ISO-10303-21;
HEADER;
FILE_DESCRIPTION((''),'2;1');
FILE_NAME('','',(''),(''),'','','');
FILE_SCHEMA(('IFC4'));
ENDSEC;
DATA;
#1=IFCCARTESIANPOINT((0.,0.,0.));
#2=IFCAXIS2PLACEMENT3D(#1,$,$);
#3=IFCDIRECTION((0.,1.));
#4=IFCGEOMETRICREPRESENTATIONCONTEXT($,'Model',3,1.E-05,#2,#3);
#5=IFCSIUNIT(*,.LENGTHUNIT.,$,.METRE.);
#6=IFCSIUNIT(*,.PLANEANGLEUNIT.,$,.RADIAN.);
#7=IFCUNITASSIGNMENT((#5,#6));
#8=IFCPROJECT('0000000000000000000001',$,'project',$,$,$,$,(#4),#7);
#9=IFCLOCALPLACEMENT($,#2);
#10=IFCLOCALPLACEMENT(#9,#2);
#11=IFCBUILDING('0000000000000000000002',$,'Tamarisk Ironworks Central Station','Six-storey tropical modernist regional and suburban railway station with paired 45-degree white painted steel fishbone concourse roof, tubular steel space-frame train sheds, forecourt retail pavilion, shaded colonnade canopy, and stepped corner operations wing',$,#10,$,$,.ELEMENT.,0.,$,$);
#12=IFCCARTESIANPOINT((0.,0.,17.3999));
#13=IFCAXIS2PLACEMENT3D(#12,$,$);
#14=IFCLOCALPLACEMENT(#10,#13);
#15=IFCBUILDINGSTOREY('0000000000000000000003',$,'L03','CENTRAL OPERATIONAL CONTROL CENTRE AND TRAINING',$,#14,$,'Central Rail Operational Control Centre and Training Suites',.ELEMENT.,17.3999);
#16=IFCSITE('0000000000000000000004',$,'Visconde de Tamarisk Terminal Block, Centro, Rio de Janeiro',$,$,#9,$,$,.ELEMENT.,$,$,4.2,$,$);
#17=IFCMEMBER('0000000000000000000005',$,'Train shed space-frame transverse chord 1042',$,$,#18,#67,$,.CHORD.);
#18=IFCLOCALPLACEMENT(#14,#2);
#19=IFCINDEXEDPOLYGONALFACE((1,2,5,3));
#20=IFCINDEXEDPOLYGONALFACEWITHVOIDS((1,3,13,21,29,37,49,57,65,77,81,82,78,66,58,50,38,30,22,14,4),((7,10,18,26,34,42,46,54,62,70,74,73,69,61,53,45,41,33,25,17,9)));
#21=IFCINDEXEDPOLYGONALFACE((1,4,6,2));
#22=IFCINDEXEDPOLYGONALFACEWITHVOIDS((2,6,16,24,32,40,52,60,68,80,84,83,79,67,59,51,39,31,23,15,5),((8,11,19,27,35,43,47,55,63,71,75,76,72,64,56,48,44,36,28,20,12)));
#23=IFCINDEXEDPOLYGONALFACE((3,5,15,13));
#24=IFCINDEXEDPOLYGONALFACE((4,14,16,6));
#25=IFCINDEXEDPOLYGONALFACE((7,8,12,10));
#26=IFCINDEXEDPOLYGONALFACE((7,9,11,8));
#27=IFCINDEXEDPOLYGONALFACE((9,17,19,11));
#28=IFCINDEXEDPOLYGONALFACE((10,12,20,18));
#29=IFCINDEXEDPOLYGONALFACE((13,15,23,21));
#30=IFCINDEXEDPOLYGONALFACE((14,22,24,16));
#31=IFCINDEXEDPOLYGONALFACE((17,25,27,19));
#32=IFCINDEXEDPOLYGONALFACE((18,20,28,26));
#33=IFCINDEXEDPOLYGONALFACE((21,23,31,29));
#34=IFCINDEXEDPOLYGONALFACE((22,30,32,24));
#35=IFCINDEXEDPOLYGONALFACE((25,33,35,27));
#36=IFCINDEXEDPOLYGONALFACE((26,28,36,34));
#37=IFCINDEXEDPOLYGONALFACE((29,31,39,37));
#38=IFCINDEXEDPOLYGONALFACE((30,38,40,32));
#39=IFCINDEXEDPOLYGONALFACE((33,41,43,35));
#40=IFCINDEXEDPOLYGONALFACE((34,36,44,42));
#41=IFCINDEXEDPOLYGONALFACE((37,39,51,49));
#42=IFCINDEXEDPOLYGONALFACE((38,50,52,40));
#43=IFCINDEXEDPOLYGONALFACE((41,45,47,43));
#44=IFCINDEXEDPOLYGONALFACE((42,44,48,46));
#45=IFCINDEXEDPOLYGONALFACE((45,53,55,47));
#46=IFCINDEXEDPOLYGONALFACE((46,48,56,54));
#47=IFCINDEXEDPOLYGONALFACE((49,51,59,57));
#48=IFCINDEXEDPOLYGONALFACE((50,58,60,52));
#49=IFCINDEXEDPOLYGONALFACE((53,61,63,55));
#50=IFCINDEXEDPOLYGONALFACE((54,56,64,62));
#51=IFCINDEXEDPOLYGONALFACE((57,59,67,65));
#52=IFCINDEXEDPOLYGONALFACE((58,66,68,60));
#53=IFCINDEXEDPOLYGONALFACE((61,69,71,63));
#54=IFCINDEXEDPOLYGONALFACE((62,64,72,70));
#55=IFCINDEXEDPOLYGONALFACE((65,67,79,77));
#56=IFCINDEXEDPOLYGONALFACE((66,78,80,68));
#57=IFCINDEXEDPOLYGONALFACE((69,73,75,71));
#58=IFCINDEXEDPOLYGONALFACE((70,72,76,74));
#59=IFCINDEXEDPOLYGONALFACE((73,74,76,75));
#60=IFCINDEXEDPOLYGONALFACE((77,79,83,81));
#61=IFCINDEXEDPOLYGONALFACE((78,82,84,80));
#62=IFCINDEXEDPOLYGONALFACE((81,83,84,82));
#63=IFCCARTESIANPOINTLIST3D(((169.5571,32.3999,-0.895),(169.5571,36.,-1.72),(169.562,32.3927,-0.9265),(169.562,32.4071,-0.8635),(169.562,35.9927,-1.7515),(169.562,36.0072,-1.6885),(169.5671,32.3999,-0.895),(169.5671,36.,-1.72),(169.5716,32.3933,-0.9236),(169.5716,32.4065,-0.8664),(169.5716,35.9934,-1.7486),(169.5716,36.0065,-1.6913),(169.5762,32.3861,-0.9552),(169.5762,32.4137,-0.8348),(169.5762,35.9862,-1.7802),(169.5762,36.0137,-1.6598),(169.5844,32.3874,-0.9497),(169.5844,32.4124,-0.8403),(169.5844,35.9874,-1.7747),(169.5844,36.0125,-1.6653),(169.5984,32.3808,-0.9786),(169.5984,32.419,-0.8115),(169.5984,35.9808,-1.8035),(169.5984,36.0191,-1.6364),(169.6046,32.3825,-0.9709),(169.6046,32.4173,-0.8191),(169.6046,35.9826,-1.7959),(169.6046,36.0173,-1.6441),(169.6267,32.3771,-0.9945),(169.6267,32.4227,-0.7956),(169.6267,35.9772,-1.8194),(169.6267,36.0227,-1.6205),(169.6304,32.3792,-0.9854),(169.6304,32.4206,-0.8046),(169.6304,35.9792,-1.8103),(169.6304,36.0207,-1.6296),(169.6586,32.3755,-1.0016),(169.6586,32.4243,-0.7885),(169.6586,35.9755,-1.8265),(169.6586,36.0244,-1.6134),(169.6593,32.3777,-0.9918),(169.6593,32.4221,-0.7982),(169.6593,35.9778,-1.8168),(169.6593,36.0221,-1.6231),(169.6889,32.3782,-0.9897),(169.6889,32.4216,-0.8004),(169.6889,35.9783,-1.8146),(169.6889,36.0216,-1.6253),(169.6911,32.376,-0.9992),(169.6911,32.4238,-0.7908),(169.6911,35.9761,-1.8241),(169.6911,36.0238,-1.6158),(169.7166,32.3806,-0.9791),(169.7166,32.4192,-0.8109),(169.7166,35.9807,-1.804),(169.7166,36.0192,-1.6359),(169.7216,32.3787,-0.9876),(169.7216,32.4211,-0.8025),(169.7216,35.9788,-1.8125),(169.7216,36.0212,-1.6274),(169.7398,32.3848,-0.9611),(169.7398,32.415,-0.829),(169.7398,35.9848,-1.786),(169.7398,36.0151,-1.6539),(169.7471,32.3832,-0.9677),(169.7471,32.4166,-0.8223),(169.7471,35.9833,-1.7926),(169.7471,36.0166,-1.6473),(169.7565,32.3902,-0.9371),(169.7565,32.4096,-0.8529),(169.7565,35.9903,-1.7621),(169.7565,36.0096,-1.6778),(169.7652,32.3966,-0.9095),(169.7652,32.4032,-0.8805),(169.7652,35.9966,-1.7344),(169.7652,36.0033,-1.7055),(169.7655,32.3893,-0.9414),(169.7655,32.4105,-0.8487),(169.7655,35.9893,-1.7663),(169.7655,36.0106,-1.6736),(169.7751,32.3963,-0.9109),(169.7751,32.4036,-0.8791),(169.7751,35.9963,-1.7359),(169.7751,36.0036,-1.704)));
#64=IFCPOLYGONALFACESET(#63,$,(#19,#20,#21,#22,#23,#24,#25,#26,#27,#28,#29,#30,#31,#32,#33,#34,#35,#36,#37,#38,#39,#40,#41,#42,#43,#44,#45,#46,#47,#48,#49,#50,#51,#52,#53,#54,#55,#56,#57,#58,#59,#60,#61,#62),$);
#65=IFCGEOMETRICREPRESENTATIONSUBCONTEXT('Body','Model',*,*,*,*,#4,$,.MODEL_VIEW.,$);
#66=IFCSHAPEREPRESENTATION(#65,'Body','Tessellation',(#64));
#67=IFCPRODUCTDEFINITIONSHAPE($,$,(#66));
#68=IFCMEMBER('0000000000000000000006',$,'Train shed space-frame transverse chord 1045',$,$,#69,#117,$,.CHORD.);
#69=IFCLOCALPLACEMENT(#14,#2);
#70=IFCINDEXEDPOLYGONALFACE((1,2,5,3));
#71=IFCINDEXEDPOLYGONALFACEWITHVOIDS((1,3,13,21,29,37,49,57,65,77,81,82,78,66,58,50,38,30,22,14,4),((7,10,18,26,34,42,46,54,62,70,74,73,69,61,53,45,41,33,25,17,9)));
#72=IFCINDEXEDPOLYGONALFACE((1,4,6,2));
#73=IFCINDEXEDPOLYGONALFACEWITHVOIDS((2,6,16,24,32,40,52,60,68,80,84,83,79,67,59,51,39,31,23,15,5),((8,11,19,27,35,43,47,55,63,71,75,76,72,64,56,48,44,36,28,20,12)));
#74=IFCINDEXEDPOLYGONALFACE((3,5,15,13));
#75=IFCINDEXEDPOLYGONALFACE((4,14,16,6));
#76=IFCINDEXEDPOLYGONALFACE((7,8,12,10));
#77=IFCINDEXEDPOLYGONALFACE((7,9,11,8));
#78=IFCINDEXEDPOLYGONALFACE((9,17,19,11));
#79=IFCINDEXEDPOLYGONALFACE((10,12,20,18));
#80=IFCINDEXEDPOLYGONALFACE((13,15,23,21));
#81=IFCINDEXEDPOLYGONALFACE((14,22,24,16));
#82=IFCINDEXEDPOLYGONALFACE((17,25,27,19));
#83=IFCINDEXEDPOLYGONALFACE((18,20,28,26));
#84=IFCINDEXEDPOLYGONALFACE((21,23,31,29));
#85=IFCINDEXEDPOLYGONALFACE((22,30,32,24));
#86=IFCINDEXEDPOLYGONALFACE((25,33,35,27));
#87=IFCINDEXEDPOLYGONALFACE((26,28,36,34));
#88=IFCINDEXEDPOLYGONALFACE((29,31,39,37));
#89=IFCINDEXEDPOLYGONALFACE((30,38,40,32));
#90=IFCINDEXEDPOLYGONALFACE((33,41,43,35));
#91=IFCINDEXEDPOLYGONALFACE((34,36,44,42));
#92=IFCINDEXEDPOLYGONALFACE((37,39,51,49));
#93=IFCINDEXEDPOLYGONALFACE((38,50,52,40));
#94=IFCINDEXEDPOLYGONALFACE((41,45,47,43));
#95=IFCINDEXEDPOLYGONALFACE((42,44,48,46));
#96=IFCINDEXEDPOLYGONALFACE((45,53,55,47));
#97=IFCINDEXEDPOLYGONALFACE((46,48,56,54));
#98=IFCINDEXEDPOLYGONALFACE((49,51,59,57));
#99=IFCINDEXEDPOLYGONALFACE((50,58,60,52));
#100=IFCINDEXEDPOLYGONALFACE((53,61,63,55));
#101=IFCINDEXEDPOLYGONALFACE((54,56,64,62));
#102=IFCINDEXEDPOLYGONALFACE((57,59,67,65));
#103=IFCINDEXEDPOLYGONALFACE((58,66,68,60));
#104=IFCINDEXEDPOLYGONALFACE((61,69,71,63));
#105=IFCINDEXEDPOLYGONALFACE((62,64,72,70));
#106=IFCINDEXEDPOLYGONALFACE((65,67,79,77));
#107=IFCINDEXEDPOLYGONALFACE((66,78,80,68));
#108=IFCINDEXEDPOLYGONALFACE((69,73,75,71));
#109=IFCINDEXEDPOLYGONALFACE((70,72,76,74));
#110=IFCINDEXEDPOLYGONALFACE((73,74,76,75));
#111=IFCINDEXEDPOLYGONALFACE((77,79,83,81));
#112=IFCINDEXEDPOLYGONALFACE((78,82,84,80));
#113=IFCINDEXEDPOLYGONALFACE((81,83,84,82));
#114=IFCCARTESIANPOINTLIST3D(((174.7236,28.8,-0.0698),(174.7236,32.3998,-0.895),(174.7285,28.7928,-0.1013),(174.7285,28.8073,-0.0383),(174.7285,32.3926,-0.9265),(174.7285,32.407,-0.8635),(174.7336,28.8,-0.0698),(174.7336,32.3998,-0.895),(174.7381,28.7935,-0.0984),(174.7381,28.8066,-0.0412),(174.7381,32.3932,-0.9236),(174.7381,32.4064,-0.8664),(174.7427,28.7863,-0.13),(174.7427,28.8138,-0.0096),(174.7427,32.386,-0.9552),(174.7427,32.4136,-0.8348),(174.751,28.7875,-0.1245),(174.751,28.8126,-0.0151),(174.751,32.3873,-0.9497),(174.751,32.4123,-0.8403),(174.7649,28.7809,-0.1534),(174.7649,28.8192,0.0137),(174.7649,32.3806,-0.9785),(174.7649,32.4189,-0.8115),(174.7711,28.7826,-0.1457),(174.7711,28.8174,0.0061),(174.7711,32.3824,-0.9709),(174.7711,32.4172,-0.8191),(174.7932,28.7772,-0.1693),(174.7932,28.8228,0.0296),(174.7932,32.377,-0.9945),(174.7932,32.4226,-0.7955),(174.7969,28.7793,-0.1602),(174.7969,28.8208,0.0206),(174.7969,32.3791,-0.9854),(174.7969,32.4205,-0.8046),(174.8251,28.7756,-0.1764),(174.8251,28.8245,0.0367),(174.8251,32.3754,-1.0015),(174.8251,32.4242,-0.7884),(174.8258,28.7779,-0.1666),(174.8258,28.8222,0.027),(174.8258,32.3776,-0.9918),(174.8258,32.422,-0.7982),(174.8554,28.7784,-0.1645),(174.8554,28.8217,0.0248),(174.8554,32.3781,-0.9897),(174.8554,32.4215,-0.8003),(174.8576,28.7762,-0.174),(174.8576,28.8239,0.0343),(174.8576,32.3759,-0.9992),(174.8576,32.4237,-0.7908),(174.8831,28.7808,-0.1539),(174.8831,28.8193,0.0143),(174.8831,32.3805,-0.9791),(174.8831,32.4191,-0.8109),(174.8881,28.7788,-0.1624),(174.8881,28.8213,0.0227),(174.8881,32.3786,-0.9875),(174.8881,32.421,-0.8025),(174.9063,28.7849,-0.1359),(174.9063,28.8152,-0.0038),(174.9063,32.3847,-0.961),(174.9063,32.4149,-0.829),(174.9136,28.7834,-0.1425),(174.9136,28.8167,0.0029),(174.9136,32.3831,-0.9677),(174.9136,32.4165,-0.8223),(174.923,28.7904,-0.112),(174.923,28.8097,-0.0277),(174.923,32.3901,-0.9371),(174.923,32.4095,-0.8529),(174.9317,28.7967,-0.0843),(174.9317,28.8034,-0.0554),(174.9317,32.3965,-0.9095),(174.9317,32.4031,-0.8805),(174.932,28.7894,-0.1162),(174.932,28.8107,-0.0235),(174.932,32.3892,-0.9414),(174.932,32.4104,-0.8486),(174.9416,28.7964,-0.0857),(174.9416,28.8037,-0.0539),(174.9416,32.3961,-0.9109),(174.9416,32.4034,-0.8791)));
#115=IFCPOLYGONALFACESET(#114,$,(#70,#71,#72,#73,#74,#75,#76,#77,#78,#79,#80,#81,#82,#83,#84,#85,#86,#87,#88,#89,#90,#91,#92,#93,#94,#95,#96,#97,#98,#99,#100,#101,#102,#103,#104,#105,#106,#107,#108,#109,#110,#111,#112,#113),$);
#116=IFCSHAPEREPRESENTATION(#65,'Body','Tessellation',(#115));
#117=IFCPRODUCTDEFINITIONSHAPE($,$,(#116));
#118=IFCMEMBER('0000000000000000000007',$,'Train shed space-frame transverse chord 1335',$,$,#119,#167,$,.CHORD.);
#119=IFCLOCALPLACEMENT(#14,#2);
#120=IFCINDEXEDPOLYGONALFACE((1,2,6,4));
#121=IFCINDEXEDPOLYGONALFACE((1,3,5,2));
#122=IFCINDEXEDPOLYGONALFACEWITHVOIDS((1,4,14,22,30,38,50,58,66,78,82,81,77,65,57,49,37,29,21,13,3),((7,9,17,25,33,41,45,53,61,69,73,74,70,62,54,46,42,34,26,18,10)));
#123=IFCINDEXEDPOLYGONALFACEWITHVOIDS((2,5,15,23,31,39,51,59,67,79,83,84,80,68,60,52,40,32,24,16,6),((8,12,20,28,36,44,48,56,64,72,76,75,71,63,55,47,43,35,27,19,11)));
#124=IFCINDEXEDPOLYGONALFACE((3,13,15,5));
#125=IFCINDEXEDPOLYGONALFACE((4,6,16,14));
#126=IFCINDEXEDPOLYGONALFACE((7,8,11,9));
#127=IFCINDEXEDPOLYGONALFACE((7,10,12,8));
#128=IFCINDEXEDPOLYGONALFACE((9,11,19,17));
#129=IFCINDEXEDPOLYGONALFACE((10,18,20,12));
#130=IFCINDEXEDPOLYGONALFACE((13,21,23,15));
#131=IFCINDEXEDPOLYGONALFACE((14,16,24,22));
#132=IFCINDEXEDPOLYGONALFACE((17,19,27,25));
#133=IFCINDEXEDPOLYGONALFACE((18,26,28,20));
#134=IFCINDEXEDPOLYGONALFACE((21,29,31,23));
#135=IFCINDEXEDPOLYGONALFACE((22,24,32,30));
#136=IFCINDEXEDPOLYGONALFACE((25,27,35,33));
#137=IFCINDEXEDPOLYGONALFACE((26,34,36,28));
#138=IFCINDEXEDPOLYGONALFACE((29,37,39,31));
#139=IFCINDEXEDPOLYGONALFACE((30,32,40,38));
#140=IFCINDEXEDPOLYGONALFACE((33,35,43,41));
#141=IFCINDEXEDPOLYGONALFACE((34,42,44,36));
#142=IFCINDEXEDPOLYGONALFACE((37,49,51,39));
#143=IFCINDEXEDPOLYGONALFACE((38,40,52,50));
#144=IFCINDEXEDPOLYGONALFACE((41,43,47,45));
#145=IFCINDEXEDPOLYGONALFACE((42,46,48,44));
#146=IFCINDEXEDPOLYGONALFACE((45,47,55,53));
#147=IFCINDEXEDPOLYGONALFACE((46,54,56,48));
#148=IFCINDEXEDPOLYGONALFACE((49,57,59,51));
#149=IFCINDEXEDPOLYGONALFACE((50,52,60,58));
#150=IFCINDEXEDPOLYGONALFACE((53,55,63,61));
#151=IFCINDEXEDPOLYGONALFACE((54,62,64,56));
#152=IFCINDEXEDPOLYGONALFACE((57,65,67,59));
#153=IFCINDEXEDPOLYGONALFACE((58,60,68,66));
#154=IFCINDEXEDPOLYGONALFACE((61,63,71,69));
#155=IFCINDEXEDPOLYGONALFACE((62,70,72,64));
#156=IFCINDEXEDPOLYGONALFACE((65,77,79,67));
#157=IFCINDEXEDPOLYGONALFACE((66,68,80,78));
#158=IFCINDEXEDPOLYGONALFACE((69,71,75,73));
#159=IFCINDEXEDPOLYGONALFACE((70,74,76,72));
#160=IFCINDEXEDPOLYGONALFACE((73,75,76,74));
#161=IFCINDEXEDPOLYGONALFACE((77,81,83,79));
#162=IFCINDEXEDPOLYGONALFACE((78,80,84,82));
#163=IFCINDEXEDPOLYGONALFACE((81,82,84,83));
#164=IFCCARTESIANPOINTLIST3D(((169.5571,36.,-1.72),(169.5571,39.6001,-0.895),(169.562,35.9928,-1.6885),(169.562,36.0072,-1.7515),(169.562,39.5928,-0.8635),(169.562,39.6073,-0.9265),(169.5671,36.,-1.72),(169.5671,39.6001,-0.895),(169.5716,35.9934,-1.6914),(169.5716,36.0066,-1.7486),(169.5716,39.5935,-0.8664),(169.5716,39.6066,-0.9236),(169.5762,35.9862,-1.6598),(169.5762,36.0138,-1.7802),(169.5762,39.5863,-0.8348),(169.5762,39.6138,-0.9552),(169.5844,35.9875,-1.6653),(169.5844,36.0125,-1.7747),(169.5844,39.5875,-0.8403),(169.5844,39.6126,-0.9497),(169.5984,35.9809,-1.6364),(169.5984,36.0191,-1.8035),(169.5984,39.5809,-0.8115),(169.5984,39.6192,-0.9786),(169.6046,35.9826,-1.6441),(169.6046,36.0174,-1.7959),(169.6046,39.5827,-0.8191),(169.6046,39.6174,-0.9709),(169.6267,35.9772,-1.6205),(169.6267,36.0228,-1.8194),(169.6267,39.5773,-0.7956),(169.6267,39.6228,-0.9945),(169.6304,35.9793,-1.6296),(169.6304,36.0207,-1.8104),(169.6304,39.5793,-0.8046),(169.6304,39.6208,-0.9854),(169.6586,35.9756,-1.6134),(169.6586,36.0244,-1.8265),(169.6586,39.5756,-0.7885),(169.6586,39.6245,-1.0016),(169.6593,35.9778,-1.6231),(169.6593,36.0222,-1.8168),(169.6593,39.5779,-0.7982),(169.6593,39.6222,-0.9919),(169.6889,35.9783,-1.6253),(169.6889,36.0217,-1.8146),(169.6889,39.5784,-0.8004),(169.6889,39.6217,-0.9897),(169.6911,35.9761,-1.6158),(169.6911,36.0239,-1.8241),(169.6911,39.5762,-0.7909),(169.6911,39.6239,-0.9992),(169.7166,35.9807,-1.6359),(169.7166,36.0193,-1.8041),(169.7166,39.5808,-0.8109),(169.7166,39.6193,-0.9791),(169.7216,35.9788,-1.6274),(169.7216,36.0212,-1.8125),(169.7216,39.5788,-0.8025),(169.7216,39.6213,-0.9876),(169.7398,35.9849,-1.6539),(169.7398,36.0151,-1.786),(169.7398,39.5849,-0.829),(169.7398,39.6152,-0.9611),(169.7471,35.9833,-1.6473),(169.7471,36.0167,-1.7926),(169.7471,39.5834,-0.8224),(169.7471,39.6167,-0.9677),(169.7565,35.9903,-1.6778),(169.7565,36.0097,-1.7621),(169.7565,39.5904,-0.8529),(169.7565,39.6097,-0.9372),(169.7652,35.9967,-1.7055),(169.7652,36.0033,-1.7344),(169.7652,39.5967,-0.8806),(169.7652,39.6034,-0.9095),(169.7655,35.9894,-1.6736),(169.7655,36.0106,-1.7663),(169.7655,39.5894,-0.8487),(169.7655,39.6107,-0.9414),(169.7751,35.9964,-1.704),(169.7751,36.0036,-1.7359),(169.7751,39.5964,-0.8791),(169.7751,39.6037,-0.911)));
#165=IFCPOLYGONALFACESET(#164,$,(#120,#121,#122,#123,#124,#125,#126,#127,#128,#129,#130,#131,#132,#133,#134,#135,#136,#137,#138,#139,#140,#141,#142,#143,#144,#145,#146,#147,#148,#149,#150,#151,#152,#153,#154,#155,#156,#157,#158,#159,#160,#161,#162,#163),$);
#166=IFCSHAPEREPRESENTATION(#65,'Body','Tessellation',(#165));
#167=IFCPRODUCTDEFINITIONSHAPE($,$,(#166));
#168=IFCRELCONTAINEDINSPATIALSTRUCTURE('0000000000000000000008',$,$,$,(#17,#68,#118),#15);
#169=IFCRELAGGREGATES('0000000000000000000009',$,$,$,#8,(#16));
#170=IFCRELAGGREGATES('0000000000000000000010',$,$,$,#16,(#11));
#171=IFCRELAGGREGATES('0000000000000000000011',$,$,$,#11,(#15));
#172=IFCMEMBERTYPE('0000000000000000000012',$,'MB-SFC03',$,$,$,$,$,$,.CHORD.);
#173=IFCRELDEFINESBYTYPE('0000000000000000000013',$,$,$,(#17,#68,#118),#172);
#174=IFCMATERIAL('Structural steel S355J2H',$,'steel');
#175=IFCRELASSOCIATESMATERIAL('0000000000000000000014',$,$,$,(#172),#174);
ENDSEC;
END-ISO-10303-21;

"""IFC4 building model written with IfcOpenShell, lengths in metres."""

from ifc_helpers import new_model, si_unit, direction, frame, origin, origin_2d, place, context, subcontext, project, spatial, hollow_circle, extrude, material, material_profile, profile_set, type_object, element, save


model = new_model("IFC4")

# Units and contexts
model_context = context("Model", 3, precision=1e-05, world=origin(), true_north=direction((0.0, 1.0)))
body_context = subcontext(model_context, "Body", "Model", "MODEL_VIEW")
ifc_project = project(units=[si_unit("LENGTHUNIT", "METRE"), si_unit("PLANEANGLEUNIT", "RADIAN")], contexts=[model_context])

# Site, building, storey
site_placement = place(None, origin())
site = spatial("IfcSite", under=ifc_project, at=site_placement, Name="Visconde de Tamarisk Terminal Block, Centro, Rio de Janeiro", CompositionType="ELEMENT", RefElevation=4.2)
building_placement = place(site_placement, origin())
building = spatial("IfcBuilding", under=site, at=building_placement, Name="Tamarisk Ironworks Central Station", Description="Six-storey tropical modernist regional and suburban railway station with paired 45-degree white painted steel fishbone concourse roof, tubular steel space-frame train sheds, forecourt retail pavilion, shaded colonnade canopy, and stepped corner operations wing", CompositionType="ELEMENT", ElevationOfRefHeight=0.0)
storey_placement = place(building_placement, frame((0.0, 0.0, 17.3999)))
storey = spatial("IfcBuildingStorey", under=building, at=storey_placement, Name="L03", Description="CENTRAL OPERATIONAL CONTROL CENTRE AND TRAINING", LongName="Central Rail Operational Control Centre and Training Suites", CompositionType="ELEMENT", Elevation=17.3999)

# Members
ifc_material = material(Name="Structural steel S355J2H", Category="steel")
ifc_material_profile_1 = material_profile(ifc_material, hollow_circle(Radius=0.1096, WallThickness=0.01, at=origin_2d()), Name="CHS 219.1x10")
ifc_profile_set_1 = profile_set([ifc_material_profile_1], Name="Structural steel S355J2H")
member_type_1 = type_object("IfcMemberType", Name="MB-SFC03", PredefinedType="CHORD", material=ifc_profile_set_1)
member_1_placement = place(storey_placement, frame((169.6667, 32.3999, -0.895), z_axis=(0.0, 0.974737, -0.223358), x_axis=(-1.0, 0.0, 0.0)))
element("IfcMember", 1, at=member_1_placement, inside=storey, type_object=member_type_1, Name="Train shed space-frame transverse chord 1042", PredefinedType="CHORD", context=body_context, shape_type="SweptSolid", body=[
    extrude(hollow_circle(Radius=0.1096, WallThickness=0.01, at=origin_2d()), origin(), (0.0, 0.0, 1.0), 3.6934),
])
member_2_placement = place(storey_placement, frame((174.8333, 28.8, -0.0698), z_axis=(0.0, 0.974719, -0.223435), x_axis=(-1.0, 0.0, 0.0)))
element("IfcMember", 2, at=member_2_placement, inside=storey, type_object=member_type_1, Name="Train shed space-frame transverse chord 1045", PredefinedType="CHORD", context=body_context, shape_type="SweptSolid", body=[
    extrude(hollow_circle(Radius=0.1096, WallThickness=0.01, at=origin_2d()), origin(), (0.0, 0.0, 1.0), 3.6931),
])
member_3_placement = place(storey_placement, frame((169.6667, 36.0, -1.72), z_axis=(0.0, 0.974737, 0.223358), x_axis=(-1.0, 0.0, 0.0)))
element("IfcMember", 3, at=member_3_placement, inside=storey, type_object=member_type_1, Name="Train shed space-frame transverse chord 1335", PredefinedType="CHORD", context=body_context, shape_type="SweptSolid", body=[
    extrude(hollow_circle(Radius=0.1096, WallThickness=0.01, at=origin_2d()), origin(), (0.0, 0.0, 1.0), 3.6934),
])

save(model, "model.ifc")
